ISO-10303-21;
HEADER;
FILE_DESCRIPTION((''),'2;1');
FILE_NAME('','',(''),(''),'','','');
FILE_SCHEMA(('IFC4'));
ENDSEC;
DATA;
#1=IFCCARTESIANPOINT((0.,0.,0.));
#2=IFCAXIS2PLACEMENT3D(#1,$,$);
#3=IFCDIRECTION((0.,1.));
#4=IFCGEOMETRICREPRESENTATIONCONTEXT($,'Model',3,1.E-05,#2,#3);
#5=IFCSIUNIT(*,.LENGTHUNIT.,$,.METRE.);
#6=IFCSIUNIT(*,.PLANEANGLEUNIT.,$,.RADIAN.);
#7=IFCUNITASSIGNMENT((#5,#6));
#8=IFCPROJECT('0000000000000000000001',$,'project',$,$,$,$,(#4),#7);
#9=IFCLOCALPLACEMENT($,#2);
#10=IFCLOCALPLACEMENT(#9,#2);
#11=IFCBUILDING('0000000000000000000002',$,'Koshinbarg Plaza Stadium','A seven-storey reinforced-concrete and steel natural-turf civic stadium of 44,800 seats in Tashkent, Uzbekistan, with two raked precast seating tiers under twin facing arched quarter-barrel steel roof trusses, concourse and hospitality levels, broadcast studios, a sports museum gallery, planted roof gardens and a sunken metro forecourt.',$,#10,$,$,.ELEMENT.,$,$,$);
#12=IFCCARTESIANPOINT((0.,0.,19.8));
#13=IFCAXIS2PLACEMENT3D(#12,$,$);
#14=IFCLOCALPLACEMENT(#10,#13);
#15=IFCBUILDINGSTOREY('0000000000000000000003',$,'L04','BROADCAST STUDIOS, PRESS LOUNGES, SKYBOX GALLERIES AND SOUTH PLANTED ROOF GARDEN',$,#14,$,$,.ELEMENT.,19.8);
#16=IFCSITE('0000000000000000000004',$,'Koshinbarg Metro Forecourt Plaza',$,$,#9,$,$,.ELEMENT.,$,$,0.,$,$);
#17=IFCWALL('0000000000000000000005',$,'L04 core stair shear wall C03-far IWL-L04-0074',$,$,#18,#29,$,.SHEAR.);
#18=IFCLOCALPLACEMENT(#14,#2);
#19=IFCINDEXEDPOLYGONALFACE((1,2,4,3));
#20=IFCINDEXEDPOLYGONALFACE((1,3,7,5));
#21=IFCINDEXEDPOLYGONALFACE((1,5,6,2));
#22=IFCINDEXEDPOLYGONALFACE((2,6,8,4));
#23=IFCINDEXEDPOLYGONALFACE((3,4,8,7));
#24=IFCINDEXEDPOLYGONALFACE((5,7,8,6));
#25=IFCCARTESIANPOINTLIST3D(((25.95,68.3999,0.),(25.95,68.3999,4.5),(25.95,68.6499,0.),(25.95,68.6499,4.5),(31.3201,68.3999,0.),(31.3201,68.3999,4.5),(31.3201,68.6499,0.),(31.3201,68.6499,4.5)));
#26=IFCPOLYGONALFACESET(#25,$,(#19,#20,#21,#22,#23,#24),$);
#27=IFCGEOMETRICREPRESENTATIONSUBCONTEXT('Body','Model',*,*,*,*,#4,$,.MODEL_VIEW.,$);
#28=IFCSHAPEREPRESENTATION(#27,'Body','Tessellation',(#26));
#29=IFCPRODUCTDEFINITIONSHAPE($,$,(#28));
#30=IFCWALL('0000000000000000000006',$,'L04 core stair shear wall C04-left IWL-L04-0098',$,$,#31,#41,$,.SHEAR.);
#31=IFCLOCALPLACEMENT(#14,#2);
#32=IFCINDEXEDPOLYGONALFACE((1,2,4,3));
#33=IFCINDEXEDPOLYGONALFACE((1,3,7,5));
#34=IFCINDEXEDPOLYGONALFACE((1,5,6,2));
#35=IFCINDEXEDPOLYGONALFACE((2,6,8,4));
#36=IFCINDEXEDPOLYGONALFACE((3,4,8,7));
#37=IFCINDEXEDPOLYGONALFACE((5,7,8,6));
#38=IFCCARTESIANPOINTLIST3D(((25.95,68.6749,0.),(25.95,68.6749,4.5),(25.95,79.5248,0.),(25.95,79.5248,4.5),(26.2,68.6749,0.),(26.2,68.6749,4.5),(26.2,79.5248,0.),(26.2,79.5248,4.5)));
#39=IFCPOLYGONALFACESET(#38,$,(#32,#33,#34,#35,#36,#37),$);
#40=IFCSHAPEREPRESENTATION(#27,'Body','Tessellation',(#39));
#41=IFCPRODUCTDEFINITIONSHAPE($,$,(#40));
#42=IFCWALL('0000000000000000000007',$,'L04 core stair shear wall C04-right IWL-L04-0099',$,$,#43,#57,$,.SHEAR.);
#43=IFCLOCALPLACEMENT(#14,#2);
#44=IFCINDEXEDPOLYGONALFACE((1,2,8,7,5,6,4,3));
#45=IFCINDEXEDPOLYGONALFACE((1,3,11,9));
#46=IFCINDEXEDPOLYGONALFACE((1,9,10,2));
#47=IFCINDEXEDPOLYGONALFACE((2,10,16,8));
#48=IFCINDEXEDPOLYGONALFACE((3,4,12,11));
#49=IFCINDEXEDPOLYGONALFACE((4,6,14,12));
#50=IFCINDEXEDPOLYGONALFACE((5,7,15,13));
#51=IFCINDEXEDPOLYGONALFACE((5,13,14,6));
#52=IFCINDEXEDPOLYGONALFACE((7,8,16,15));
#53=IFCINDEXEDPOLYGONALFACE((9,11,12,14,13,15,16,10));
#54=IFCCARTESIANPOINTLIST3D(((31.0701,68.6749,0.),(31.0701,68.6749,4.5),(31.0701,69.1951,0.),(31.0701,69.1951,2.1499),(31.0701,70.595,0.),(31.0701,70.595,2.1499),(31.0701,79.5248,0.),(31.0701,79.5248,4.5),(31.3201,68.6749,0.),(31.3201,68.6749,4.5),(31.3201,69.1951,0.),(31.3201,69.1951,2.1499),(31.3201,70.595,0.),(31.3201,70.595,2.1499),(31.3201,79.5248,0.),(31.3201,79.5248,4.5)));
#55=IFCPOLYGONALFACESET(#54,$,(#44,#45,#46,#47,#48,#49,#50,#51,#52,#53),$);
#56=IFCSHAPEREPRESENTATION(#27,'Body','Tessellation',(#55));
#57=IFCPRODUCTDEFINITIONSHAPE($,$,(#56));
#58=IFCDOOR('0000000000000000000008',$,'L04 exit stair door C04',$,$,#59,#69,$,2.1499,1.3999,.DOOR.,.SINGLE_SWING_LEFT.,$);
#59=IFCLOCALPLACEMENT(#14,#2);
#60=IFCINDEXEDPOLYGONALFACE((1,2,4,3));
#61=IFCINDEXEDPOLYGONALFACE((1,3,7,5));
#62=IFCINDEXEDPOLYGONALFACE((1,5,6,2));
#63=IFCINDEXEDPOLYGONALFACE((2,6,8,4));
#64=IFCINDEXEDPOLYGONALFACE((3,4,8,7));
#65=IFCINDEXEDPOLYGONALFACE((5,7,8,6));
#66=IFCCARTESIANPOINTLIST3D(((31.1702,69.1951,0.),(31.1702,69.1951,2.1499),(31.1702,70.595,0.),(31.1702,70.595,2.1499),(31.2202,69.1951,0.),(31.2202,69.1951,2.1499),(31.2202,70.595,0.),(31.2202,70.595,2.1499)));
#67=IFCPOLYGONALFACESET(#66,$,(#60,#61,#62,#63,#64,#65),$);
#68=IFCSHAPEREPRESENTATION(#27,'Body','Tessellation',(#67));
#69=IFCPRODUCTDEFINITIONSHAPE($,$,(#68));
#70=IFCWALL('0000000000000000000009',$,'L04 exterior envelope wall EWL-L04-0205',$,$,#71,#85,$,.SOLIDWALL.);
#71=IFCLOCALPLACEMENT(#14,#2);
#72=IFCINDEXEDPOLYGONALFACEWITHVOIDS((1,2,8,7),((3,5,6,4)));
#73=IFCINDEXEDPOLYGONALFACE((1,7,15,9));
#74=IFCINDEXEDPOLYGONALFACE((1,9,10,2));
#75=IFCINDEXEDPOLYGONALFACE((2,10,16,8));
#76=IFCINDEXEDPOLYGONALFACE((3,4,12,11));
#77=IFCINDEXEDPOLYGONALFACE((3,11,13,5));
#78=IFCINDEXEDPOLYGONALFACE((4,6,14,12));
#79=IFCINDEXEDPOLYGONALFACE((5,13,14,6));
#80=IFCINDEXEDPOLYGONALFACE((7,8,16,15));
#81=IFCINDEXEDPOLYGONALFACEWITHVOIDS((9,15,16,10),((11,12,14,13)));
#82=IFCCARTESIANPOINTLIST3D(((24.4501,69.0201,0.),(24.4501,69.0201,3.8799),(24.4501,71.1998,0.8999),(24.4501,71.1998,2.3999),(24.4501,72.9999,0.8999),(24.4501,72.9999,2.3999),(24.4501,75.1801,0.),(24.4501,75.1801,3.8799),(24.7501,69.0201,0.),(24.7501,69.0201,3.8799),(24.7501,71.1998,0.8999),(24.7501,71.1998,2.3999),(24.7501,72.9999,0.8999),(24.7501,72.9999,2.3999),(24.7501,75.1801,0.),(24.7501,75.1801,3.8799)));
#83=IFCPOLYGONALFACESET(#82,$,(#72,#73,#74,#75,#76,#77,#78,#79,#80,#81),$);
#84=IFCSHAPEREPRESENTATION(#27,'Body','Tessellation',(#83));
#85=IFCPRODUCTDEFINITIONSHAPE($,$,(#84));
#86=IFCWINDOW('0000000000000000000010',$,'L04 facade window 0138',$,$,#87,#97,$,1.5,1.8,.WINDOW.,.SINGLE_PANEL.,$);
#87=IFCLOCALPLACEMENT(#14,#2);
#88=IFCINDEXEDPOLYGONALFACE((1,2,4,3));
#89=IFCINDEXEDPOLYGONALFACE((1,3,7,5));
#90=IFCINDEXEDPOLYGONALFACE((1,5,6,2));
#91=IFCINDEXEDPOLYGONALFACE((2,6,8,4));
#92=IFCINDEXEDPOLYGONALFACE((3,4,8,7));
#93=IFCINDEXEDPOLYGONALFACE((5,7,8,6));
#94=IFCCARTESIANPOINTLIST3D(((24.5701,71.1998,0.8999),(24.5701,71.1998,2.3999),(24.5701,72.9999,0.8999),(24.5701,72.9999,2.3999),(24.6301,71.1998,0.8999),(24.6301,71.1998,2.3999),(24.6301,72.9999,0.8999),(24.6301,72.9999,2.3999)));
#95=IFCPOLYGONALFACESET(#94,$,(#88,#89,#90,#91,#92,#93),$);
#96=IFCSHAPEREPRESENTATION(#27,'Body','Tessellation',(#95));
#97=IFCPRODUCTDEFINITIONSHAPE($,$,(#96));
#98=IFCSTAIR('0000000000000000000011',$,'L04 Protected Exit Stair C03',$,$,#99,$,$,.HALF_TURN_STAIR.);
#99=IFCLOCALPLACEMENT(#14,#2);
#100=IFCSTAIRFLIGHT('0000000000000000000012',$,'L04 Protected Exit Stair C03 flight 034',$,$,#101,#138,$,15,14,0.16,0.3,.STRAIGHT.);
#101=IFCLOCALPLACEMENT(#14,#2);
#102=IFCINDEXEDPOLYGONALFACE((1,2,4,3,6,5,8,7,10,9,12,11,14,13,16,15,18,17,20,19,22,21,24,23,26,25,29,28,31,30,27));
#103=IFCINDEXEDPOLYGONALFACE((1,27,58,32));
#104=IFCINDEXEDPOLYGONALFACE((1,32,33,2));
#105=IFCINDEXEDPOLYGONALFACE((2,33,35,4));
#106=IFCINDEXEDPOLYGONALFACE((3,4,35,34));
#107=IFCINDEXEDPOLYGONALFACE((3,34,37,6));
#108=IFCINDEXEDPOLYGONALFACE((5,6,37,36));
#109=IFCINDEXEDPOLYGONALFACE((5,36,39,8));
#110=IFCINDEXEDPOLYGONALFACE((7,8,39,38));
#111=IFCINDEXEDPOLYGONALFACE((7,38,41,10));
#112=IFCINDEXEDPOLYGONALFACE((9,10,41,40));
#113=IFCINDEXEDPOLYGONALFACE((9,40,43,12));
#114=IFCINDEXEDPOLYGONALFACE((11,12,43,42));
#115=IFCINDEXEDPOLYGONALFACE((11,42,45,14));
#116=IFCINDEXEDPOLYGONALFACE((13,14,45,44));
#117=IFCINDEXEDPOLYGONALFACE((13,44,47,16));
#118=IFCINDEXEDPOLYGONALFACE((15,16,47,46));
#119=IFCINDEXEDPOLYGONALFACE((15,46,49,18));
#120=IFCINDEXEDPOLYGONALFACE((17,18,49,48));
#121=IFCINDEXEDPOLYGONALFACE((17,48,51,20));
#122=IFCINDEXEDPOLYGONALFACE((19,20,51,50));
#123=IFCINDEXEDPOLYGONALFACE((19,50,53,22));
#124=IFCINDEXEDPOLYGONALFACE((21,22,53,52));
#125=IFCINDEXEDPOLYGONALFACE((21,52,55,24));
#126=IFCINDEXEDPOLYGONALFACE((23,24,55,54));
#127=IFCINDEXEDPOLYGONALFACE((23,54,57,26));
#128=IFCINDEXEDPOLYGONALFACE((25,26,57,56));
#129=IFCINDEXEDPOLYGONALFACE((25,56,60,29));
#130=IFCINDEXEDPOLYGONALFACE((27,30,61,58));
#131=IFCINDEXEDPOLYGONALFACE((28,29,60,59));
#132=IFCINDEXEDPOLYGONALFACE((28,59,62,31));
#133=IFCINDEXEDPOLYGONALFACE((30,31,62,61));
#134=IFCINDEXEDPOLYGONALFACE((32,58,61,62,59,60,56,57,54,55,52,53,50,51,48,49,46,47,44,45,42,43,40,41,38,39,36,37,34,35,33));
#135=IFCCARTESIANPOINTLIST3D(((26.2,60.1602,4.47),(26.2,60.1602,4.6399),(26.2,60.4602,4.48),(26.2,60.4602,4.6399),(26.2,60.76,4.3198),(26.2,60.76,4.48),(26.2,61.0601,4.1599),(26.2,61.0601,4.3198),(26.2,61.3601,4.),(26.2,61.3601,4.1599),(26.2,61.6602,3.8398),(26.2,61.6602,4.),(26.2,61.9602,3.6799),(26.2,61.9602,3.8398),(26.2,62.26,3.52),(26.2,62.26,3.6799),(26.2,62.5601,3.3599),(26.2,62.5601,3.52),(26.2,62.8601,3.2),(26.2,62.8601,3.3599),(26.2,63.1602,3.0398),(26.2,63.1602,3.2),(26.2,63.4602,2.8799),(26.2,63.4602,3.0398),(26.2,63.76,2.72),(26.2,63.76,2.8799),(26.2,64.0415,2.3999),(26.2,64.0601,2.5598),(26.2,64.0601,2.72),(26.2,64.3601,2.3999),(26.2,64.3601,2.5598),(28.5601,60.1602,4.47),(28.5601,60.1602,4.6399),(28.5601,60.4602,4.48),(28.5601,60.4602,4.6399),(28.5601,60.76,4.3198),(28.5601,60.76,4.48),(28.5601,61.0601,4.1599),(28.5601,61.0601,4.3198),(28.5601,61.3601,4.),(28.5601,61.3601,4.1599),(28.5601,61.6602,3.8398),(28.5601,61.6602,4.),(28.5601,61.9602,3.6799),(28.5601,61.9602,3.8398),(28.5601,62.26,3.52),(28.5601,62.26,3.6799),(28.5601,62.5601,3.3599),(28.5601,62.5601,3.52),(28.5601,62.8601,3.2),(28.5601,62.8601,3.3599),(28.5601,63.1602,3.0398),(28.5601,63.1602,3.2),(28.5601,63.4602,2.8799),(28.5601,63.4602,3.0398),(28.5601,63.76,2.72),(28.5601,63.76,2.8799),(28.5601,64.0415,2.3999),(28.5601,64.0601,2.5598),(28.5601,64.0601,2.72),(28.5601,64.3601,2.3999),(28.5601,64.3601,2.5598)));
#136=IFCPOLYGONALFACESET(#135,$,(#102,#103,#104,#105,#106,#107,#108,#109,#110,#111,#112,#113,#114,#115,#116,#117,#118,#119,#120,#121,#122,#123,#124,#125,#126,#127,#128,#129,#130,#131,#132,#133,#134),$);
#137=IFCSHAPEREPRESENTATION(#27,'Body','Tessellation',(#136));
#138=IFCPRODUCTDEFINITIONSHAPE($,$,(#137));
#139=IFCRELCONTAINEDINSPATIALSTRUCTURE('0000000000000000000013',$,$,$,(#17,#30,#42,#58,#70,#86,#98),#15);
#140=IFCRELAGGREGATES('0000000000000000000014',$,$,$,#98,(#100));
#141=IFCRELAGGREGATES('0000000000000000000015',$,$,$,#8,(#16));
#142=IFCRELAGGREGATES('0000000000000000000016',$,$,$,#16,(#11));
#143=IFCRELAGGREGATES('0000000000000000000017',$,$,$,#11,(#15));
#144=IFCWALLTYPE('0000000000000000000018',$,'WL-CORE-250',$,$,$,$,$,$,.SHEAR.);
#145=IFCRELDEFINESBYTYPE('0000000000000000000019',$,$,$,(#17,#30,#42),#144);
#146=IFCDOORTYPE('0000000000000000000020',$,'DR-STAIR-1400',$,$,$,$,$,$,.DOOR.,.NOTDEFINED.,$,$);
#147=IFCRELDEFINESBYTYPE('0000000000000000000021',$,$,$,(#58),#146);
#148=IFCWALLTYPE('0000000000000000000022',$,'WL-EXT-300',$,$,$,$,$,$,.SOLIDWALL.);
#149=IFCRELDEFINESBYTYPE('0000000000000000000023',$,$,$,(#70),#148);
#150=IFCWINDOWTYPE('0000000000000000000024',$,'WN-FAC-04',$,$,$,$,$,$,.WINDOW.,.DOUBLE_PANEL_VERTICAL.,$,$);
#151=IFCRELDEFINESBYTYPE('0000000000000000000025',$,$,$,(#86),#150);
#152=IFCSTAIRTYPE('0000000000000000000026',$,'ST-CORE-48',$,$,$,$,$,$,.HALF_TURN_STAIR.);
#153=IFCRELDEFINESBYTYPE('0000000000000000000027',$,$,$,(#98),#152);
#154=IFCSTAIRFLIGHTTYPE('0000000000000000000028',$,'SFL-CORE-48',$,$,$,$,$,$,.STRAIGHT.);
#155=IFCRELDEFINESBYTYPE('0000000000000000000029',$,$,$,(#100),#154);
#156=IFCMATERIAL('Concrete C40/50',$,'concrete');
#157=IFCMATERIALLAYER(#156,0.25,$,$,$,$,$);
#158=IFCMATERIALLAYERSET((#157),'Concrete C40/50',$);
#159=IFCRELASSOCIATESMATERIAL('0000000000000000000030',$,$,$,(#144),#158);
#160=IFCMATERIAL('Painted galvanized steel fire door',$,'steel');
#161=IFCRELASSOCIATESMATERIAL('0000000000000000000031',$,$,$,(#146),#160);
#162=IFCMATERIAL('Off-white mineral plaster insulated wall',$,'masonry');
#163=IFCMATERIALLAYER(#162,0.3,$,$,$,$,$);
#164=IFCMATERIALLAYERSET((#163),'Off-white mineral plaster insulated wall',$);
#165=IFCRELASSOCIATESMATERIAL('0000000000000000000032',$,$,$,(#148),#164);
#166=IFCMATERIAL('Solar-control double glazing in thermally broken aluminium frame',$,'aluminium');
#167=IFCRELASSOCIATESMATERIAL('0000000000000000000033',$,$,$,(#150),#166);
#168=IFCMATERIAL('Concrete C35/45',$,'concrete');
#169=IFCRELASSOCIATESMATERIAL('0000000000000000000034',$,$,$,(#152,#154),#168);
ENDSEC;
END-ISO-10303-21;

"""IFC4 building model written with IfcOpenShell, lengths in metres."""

from ifc_helpers import new_model, si_unit, direction, frame, frame_2d, origin, place, context, subcontext, project, spatial, polyline, rectangle, outline, extrude, material, layer, layer_set, type_object, element, fill, aggregate, save


model = new_model("IFC4")

# Units and contexts
model_context = context("Model", 3, precision=1e-05, world=origin(), true_north=direction((0.0, 1.0)))
body_context = subcontext(model_context, "Body", "Model", "MODEL_VIEW")
ifc_project = project(units=[si_unit("LENGTHUNIT", "METRE"), si_unit("PLANEANGLEUNIT", "RADIAN")], contexts=[model_context])

# Site, building, storey
site_placement = place(None, origin())
site = spatial("IfcSite", under=ifc_project, at=site_placement, Name="Koshinbarg Metro Forecourt Plaza", CompositionType="ELEMENT", RefElevation=0.0)
building_placement = place(site_placement, origin())
building = spatial("IfcBuilding", under=site, at=building_placement, Name="Koshinbarg Plaza Stadium", Description="A seven-storey reinforced-concrete and steel natural-turf civic stadium of 44,800 seats in Tashkent, Uzbekistan, with two raked precast seating tiers under twin facing arched quarter-barrel steel roof trusses, concourse and hospitality levels, broadcast studios, a sports museum gallery, planted roof gardens and a sunken metro forecourt.", CompositionType="ELEMENT")
storey_placement = place(building_placement, frame((0.0, 0.0, 19.8)))
storey = spatial("IfcBuildingStorey", under=building, at=storey_placement, Name="L04", Description="BROADCAST STUDIOS, PRESS LOUNGES, SKYBOX GALLERIES AND SOUTH PLANTED ROOF GARDEN", CompositionType="ELEMENT", Elevation=19.8)

# Shared definitions
ifc_material_1 = material(Name="Concrete C40/50", Category="concrete")

# Walls
ifc_layer_1 = layer(ifc_material_1, 0.25)
ifc_layer_set_1 = layer_set([ifc_layer_1], Name="Concrete C40/50")
wall_type_1 = type_object("IfcWallType", Name="WL-CORE-250", PredefinedType="SHEAR", material=ifc_layer_set_1)
wall_1_placement = place(storey_placement, frame((31.3201, 68.5249, 0.0), z_axis=(0.0, 0.0, 1.0), x_axis=(-1.0, 0.0, 0.0)))
element("IfcWall", 1, at=wall_1_placement, inside=storey, type_object=wall_type_1, Name="L04 core stair shear wall C03-far IWL-L04-0074", PredefinedType="SHEAR", context=body_context, shape_type="SweptSolid", body=[
    extrude(rectangle(XDim=5.3701, YDim=0.25, at=frame_2d((2.6851, 0.0))), origin(), (0.0, 0.0, 1.0), 4.5),
])
wall_2_placement = place(storey_placement, frame((26.075, 68.675, 0.0), z_axis=(0.0, 0.0, 1.0), x_axis=(0.0, 1.0, 0.0)))
element("IfcWall", 2, at=wall_2_placement, inside=storey, type_object=wall_type_1, Name="L04 core stair shear wall C04-left IWL-L04-0098", PredefinedType="SHEAR", context=body_context, shape_type="SweptSolid", body=[
    extrude(rectangle(XDim=10.8499, YDim=0.25, at=frame_2d((5.4248, 0.0))), origin(), (0.0, 0.0, 1.0), 4.5),
])

# Wall, opening, door
wall_3_placement = place(storey_placement, frame((31.1951, 68.675, 0.0), z_axis=(0.0, 0.0, 1.0), x_axis=(0.0, 1.0, 0.0)))
wall_3 = element("IfcWall", 3, at=wall_3_placement, inside=storey, type_object=wall_type_1, Name="L04 core stair shear wall C04-right IWL-L04-0099", PredefinedType="SHEAR", context=body_context, shape_type="SweptSolid", body=[
    extrude(rectangle(XDim=10.8499, YDim=0.25, at=frame_2d((5.4248, 0.0))), origin(), (0.0, 0.0, 1.0), 4.5),
])
opening_1_placement = place(wall_3_placement, frame((0.52, 0.0, 0.0)))
opening_1 = element("IfcOpeningElement", 4, at=opening_1_placement, cuts=wall_3, PredefinedType="OPENING", context=body_context, shape_type="SweptSolid", body=[
    extrude(rectangle(XDim=1.3999, YDim=2.1499, at=frame_2d((0.7, 1.075))), frame((0.0, 0.135, 0.0), z_axis=(0.0, -1.0, 0.0), x_axis=(1.0, 0.0, 0.0)), (0.0, 0.0, 1.0), 0.27),
])
ifc_material_2 = material(Name="Painted galvanized steel fire door", Category="steel")
door_type = type_object("IfcDoorType", Name="DR-STAIR-1400", OperationType="NOTDEFINED", PredefinedType="DOOR", material=ifc_material_2)
door_placement = place(opening_1_placement, origin())
door = element("IfcDoor", 5, at=door_placement, inside=storey, type_object=door_type, Name="L04 exit stair door C04", OperationType="SINGLE_SWING_LEFT", OverallHeight=2.1499, OverallWidth=1.3999, PredefinedType="DOOR", context=body_context, shape_type="SweptSolid", body=[
    extrude(rectangle(XDim=1.3999, YDim=2.1499, at=frame_2d((0.7, 1.075))), frame((0.0, 0.0249, 0.0), z_axis=(0.0, -1.0, 0.0), x_axis=(1.0, 0.0, 0.0)), (0.0, 0.0, 1.0), 0.05),
])
fill(opening_1, door)

# Wall, opening, window
ifc_material_3 = material(Name="Off-white mineral plaster insulated wall", Category="masonry")
ifc_layer_2 = layer(ifc_material_3, 0.3)
ifc_layer_set_2 = layer_set([ifc_layer_2], Name="Off-white mineral plaster insulated wall")
wall_type_2 = type_object("IfcWallType", Name="WL-EXT-300", PredefinedType="SOLIDWALL", material=ifc_layer_set_2)
wall_4_placement = place(storey_placement, frame((24.6001, 69.02, 0.0), z_axis=(0.0, 0.0, 1.0), x_axis=(0.0, 1.0, 0.0)))
wall_4 = element("IfcWall", 6, at=wall_4_placement, inside=storey, type_object=wall_type_2, Name="L04 exterior envelope wall EWL-L04-0205", PredefinedType="SOLIDWALL", context=body_context, shape_type="SweptSolid", body=[
    extrude(rectangle(XDim=6.1599, YDim=0.3, at=frame_2d((3.0801, 0.0))), origin(), (0.0, 0.0, 1.0), 3.8799),
])
opening_2_placement = place(wall_4_placement, frame((2.1799, 0.0, 0.8999)))
opening_2 = element("IfcOpeningElement", 7, at=opening_2_placement, cuts=wall_4, PredefinedType="OPENING", context=body_context, shape_type="SweptSolid", body=[
    extrude(rectangle(XDim=1.8, YDim=1.5, at=frame_2d((0.8999, 0.75))), frame((0.0, 0.1599, 0.0), z_axis=(0.0, -1.0, 0.0), x_axis=(1.0, 0.0, 0.0)), (0.0, 0.0, 1.0), 0.3201),
])
ifc_material_4 = material(Name="Solar-control double glazing in thermally broken aluminium frame", Category="aluminium")
window_type = type_object("IfcWindowType", Name="WN-FAC-04", PartitioningType="DOUBLE_PANEL_VERTICAL", PredefinedType="WINDOW", material=ifc_material_4)
window_placement = place(opening_2_placement, origin())
window = element("IfcWindow", 8, at=window_placement, inside=storey, type_object=window_type, Name="L04 facade window 0138", OverallHeight=1.5, OverallWidth=1.8, PartitioningType="SINGLE_PANEL", PredefinedType="WINDOW", context=body_context, shape_type="SweptSolid", body=[
    extrude(rectangle(XDim=1.8, YDim=1.5, at=frame_2d((0.8999, 0.75))), frame((0.0, 0.03, 0.0), z_axis=(0.0, -1.0, 0.0), x_axis=(1.0, 0.0, 0.0)), (0.0, 0.0, 1.0), 0.0601),
])
fill(opening_2, window)

# Stair, stair flight
ifc_material_5 = material(Name="Concrete C35/45", Category="concrete")
stair_type = type_object("IfcStairType", Name="ST-CORE-48", PredefinedType="HALF_TURN_STAIR", material=ifc_material_5)
stair_placement = place(storey_placement, origin())
stair = element("IfcStair", 9, at=stair_placement, inside=storey, type_object=stair_type, Name="L04 Protected Exit Stair C03", PredefinedType="HALF_TURN_STAIR")
stair_flight_type = type_object("IfcStairFlightType", Name="SFL-CORE-48", PredefinedType="STRAIGHT", material=ifc_material_5)
stair_flight_placement = place(storey_placement, frame((27.3799, 64.3601, 2.3999), z_axis=(0.0, 0.0, 1.0), x_axis=(0.0, -1.0, 0.0)))
stair_flight = element("IfcStairFlight", 10, at=stair_flight_placement, type_object=stair_flight_type, Name="L04 Protected Exit Stair C03 flight 034", NumberOfRisers=15, NumberOfTreads=14, PredefinedType="STRAIGHT", RiserHeight=0.16, TreadLength=0.3, context=body_context, shape_type="SweptSolid", body=[
    extrude(outline(polyline([(0.0, 0.0), (0.0, 0.1599), (0.3, 0.1599), (0.3, 0.3201), (0.6001, 0.3201), (0.6001, 0.48), (0.8999, 0.48), (0.8999, 0.6399), (1.2, 0.6399), (1.2, 0.8), (1.5, 0.8), (1.5, 0.96), (1.8, 0.96), (1.8, 1.1201), (2.1001, 1.1201), (2.1001, 1.28), (2.3999, 1.28), (2.3999, 1.4399), (2.7, 1.4399), (2.7, 1.6001), (3.0, 1.6001), (3.0, 1.76), (3.3, 1.76), (3.3, 1.9199), (3.6001, 1.9199), (3.6001, 2.0801), (3.8999, 2.0801), (3.8999, 2.24), (4.2, 2.24), (4.2, 2.3999), (4.2, 2.0701), (0.3186, 0.0), (0.0, 0.0)])), frame((0.0, 1.1802, 0.0), z_axis=(0.0, -1.0, 0.0), x_axis=(1.0, 0.0, 0.0)), (0.0, 0.0, 1.0), 2.3601),
])
aggregate(stair, [stair_flight])

save(model, "model.ifc")
